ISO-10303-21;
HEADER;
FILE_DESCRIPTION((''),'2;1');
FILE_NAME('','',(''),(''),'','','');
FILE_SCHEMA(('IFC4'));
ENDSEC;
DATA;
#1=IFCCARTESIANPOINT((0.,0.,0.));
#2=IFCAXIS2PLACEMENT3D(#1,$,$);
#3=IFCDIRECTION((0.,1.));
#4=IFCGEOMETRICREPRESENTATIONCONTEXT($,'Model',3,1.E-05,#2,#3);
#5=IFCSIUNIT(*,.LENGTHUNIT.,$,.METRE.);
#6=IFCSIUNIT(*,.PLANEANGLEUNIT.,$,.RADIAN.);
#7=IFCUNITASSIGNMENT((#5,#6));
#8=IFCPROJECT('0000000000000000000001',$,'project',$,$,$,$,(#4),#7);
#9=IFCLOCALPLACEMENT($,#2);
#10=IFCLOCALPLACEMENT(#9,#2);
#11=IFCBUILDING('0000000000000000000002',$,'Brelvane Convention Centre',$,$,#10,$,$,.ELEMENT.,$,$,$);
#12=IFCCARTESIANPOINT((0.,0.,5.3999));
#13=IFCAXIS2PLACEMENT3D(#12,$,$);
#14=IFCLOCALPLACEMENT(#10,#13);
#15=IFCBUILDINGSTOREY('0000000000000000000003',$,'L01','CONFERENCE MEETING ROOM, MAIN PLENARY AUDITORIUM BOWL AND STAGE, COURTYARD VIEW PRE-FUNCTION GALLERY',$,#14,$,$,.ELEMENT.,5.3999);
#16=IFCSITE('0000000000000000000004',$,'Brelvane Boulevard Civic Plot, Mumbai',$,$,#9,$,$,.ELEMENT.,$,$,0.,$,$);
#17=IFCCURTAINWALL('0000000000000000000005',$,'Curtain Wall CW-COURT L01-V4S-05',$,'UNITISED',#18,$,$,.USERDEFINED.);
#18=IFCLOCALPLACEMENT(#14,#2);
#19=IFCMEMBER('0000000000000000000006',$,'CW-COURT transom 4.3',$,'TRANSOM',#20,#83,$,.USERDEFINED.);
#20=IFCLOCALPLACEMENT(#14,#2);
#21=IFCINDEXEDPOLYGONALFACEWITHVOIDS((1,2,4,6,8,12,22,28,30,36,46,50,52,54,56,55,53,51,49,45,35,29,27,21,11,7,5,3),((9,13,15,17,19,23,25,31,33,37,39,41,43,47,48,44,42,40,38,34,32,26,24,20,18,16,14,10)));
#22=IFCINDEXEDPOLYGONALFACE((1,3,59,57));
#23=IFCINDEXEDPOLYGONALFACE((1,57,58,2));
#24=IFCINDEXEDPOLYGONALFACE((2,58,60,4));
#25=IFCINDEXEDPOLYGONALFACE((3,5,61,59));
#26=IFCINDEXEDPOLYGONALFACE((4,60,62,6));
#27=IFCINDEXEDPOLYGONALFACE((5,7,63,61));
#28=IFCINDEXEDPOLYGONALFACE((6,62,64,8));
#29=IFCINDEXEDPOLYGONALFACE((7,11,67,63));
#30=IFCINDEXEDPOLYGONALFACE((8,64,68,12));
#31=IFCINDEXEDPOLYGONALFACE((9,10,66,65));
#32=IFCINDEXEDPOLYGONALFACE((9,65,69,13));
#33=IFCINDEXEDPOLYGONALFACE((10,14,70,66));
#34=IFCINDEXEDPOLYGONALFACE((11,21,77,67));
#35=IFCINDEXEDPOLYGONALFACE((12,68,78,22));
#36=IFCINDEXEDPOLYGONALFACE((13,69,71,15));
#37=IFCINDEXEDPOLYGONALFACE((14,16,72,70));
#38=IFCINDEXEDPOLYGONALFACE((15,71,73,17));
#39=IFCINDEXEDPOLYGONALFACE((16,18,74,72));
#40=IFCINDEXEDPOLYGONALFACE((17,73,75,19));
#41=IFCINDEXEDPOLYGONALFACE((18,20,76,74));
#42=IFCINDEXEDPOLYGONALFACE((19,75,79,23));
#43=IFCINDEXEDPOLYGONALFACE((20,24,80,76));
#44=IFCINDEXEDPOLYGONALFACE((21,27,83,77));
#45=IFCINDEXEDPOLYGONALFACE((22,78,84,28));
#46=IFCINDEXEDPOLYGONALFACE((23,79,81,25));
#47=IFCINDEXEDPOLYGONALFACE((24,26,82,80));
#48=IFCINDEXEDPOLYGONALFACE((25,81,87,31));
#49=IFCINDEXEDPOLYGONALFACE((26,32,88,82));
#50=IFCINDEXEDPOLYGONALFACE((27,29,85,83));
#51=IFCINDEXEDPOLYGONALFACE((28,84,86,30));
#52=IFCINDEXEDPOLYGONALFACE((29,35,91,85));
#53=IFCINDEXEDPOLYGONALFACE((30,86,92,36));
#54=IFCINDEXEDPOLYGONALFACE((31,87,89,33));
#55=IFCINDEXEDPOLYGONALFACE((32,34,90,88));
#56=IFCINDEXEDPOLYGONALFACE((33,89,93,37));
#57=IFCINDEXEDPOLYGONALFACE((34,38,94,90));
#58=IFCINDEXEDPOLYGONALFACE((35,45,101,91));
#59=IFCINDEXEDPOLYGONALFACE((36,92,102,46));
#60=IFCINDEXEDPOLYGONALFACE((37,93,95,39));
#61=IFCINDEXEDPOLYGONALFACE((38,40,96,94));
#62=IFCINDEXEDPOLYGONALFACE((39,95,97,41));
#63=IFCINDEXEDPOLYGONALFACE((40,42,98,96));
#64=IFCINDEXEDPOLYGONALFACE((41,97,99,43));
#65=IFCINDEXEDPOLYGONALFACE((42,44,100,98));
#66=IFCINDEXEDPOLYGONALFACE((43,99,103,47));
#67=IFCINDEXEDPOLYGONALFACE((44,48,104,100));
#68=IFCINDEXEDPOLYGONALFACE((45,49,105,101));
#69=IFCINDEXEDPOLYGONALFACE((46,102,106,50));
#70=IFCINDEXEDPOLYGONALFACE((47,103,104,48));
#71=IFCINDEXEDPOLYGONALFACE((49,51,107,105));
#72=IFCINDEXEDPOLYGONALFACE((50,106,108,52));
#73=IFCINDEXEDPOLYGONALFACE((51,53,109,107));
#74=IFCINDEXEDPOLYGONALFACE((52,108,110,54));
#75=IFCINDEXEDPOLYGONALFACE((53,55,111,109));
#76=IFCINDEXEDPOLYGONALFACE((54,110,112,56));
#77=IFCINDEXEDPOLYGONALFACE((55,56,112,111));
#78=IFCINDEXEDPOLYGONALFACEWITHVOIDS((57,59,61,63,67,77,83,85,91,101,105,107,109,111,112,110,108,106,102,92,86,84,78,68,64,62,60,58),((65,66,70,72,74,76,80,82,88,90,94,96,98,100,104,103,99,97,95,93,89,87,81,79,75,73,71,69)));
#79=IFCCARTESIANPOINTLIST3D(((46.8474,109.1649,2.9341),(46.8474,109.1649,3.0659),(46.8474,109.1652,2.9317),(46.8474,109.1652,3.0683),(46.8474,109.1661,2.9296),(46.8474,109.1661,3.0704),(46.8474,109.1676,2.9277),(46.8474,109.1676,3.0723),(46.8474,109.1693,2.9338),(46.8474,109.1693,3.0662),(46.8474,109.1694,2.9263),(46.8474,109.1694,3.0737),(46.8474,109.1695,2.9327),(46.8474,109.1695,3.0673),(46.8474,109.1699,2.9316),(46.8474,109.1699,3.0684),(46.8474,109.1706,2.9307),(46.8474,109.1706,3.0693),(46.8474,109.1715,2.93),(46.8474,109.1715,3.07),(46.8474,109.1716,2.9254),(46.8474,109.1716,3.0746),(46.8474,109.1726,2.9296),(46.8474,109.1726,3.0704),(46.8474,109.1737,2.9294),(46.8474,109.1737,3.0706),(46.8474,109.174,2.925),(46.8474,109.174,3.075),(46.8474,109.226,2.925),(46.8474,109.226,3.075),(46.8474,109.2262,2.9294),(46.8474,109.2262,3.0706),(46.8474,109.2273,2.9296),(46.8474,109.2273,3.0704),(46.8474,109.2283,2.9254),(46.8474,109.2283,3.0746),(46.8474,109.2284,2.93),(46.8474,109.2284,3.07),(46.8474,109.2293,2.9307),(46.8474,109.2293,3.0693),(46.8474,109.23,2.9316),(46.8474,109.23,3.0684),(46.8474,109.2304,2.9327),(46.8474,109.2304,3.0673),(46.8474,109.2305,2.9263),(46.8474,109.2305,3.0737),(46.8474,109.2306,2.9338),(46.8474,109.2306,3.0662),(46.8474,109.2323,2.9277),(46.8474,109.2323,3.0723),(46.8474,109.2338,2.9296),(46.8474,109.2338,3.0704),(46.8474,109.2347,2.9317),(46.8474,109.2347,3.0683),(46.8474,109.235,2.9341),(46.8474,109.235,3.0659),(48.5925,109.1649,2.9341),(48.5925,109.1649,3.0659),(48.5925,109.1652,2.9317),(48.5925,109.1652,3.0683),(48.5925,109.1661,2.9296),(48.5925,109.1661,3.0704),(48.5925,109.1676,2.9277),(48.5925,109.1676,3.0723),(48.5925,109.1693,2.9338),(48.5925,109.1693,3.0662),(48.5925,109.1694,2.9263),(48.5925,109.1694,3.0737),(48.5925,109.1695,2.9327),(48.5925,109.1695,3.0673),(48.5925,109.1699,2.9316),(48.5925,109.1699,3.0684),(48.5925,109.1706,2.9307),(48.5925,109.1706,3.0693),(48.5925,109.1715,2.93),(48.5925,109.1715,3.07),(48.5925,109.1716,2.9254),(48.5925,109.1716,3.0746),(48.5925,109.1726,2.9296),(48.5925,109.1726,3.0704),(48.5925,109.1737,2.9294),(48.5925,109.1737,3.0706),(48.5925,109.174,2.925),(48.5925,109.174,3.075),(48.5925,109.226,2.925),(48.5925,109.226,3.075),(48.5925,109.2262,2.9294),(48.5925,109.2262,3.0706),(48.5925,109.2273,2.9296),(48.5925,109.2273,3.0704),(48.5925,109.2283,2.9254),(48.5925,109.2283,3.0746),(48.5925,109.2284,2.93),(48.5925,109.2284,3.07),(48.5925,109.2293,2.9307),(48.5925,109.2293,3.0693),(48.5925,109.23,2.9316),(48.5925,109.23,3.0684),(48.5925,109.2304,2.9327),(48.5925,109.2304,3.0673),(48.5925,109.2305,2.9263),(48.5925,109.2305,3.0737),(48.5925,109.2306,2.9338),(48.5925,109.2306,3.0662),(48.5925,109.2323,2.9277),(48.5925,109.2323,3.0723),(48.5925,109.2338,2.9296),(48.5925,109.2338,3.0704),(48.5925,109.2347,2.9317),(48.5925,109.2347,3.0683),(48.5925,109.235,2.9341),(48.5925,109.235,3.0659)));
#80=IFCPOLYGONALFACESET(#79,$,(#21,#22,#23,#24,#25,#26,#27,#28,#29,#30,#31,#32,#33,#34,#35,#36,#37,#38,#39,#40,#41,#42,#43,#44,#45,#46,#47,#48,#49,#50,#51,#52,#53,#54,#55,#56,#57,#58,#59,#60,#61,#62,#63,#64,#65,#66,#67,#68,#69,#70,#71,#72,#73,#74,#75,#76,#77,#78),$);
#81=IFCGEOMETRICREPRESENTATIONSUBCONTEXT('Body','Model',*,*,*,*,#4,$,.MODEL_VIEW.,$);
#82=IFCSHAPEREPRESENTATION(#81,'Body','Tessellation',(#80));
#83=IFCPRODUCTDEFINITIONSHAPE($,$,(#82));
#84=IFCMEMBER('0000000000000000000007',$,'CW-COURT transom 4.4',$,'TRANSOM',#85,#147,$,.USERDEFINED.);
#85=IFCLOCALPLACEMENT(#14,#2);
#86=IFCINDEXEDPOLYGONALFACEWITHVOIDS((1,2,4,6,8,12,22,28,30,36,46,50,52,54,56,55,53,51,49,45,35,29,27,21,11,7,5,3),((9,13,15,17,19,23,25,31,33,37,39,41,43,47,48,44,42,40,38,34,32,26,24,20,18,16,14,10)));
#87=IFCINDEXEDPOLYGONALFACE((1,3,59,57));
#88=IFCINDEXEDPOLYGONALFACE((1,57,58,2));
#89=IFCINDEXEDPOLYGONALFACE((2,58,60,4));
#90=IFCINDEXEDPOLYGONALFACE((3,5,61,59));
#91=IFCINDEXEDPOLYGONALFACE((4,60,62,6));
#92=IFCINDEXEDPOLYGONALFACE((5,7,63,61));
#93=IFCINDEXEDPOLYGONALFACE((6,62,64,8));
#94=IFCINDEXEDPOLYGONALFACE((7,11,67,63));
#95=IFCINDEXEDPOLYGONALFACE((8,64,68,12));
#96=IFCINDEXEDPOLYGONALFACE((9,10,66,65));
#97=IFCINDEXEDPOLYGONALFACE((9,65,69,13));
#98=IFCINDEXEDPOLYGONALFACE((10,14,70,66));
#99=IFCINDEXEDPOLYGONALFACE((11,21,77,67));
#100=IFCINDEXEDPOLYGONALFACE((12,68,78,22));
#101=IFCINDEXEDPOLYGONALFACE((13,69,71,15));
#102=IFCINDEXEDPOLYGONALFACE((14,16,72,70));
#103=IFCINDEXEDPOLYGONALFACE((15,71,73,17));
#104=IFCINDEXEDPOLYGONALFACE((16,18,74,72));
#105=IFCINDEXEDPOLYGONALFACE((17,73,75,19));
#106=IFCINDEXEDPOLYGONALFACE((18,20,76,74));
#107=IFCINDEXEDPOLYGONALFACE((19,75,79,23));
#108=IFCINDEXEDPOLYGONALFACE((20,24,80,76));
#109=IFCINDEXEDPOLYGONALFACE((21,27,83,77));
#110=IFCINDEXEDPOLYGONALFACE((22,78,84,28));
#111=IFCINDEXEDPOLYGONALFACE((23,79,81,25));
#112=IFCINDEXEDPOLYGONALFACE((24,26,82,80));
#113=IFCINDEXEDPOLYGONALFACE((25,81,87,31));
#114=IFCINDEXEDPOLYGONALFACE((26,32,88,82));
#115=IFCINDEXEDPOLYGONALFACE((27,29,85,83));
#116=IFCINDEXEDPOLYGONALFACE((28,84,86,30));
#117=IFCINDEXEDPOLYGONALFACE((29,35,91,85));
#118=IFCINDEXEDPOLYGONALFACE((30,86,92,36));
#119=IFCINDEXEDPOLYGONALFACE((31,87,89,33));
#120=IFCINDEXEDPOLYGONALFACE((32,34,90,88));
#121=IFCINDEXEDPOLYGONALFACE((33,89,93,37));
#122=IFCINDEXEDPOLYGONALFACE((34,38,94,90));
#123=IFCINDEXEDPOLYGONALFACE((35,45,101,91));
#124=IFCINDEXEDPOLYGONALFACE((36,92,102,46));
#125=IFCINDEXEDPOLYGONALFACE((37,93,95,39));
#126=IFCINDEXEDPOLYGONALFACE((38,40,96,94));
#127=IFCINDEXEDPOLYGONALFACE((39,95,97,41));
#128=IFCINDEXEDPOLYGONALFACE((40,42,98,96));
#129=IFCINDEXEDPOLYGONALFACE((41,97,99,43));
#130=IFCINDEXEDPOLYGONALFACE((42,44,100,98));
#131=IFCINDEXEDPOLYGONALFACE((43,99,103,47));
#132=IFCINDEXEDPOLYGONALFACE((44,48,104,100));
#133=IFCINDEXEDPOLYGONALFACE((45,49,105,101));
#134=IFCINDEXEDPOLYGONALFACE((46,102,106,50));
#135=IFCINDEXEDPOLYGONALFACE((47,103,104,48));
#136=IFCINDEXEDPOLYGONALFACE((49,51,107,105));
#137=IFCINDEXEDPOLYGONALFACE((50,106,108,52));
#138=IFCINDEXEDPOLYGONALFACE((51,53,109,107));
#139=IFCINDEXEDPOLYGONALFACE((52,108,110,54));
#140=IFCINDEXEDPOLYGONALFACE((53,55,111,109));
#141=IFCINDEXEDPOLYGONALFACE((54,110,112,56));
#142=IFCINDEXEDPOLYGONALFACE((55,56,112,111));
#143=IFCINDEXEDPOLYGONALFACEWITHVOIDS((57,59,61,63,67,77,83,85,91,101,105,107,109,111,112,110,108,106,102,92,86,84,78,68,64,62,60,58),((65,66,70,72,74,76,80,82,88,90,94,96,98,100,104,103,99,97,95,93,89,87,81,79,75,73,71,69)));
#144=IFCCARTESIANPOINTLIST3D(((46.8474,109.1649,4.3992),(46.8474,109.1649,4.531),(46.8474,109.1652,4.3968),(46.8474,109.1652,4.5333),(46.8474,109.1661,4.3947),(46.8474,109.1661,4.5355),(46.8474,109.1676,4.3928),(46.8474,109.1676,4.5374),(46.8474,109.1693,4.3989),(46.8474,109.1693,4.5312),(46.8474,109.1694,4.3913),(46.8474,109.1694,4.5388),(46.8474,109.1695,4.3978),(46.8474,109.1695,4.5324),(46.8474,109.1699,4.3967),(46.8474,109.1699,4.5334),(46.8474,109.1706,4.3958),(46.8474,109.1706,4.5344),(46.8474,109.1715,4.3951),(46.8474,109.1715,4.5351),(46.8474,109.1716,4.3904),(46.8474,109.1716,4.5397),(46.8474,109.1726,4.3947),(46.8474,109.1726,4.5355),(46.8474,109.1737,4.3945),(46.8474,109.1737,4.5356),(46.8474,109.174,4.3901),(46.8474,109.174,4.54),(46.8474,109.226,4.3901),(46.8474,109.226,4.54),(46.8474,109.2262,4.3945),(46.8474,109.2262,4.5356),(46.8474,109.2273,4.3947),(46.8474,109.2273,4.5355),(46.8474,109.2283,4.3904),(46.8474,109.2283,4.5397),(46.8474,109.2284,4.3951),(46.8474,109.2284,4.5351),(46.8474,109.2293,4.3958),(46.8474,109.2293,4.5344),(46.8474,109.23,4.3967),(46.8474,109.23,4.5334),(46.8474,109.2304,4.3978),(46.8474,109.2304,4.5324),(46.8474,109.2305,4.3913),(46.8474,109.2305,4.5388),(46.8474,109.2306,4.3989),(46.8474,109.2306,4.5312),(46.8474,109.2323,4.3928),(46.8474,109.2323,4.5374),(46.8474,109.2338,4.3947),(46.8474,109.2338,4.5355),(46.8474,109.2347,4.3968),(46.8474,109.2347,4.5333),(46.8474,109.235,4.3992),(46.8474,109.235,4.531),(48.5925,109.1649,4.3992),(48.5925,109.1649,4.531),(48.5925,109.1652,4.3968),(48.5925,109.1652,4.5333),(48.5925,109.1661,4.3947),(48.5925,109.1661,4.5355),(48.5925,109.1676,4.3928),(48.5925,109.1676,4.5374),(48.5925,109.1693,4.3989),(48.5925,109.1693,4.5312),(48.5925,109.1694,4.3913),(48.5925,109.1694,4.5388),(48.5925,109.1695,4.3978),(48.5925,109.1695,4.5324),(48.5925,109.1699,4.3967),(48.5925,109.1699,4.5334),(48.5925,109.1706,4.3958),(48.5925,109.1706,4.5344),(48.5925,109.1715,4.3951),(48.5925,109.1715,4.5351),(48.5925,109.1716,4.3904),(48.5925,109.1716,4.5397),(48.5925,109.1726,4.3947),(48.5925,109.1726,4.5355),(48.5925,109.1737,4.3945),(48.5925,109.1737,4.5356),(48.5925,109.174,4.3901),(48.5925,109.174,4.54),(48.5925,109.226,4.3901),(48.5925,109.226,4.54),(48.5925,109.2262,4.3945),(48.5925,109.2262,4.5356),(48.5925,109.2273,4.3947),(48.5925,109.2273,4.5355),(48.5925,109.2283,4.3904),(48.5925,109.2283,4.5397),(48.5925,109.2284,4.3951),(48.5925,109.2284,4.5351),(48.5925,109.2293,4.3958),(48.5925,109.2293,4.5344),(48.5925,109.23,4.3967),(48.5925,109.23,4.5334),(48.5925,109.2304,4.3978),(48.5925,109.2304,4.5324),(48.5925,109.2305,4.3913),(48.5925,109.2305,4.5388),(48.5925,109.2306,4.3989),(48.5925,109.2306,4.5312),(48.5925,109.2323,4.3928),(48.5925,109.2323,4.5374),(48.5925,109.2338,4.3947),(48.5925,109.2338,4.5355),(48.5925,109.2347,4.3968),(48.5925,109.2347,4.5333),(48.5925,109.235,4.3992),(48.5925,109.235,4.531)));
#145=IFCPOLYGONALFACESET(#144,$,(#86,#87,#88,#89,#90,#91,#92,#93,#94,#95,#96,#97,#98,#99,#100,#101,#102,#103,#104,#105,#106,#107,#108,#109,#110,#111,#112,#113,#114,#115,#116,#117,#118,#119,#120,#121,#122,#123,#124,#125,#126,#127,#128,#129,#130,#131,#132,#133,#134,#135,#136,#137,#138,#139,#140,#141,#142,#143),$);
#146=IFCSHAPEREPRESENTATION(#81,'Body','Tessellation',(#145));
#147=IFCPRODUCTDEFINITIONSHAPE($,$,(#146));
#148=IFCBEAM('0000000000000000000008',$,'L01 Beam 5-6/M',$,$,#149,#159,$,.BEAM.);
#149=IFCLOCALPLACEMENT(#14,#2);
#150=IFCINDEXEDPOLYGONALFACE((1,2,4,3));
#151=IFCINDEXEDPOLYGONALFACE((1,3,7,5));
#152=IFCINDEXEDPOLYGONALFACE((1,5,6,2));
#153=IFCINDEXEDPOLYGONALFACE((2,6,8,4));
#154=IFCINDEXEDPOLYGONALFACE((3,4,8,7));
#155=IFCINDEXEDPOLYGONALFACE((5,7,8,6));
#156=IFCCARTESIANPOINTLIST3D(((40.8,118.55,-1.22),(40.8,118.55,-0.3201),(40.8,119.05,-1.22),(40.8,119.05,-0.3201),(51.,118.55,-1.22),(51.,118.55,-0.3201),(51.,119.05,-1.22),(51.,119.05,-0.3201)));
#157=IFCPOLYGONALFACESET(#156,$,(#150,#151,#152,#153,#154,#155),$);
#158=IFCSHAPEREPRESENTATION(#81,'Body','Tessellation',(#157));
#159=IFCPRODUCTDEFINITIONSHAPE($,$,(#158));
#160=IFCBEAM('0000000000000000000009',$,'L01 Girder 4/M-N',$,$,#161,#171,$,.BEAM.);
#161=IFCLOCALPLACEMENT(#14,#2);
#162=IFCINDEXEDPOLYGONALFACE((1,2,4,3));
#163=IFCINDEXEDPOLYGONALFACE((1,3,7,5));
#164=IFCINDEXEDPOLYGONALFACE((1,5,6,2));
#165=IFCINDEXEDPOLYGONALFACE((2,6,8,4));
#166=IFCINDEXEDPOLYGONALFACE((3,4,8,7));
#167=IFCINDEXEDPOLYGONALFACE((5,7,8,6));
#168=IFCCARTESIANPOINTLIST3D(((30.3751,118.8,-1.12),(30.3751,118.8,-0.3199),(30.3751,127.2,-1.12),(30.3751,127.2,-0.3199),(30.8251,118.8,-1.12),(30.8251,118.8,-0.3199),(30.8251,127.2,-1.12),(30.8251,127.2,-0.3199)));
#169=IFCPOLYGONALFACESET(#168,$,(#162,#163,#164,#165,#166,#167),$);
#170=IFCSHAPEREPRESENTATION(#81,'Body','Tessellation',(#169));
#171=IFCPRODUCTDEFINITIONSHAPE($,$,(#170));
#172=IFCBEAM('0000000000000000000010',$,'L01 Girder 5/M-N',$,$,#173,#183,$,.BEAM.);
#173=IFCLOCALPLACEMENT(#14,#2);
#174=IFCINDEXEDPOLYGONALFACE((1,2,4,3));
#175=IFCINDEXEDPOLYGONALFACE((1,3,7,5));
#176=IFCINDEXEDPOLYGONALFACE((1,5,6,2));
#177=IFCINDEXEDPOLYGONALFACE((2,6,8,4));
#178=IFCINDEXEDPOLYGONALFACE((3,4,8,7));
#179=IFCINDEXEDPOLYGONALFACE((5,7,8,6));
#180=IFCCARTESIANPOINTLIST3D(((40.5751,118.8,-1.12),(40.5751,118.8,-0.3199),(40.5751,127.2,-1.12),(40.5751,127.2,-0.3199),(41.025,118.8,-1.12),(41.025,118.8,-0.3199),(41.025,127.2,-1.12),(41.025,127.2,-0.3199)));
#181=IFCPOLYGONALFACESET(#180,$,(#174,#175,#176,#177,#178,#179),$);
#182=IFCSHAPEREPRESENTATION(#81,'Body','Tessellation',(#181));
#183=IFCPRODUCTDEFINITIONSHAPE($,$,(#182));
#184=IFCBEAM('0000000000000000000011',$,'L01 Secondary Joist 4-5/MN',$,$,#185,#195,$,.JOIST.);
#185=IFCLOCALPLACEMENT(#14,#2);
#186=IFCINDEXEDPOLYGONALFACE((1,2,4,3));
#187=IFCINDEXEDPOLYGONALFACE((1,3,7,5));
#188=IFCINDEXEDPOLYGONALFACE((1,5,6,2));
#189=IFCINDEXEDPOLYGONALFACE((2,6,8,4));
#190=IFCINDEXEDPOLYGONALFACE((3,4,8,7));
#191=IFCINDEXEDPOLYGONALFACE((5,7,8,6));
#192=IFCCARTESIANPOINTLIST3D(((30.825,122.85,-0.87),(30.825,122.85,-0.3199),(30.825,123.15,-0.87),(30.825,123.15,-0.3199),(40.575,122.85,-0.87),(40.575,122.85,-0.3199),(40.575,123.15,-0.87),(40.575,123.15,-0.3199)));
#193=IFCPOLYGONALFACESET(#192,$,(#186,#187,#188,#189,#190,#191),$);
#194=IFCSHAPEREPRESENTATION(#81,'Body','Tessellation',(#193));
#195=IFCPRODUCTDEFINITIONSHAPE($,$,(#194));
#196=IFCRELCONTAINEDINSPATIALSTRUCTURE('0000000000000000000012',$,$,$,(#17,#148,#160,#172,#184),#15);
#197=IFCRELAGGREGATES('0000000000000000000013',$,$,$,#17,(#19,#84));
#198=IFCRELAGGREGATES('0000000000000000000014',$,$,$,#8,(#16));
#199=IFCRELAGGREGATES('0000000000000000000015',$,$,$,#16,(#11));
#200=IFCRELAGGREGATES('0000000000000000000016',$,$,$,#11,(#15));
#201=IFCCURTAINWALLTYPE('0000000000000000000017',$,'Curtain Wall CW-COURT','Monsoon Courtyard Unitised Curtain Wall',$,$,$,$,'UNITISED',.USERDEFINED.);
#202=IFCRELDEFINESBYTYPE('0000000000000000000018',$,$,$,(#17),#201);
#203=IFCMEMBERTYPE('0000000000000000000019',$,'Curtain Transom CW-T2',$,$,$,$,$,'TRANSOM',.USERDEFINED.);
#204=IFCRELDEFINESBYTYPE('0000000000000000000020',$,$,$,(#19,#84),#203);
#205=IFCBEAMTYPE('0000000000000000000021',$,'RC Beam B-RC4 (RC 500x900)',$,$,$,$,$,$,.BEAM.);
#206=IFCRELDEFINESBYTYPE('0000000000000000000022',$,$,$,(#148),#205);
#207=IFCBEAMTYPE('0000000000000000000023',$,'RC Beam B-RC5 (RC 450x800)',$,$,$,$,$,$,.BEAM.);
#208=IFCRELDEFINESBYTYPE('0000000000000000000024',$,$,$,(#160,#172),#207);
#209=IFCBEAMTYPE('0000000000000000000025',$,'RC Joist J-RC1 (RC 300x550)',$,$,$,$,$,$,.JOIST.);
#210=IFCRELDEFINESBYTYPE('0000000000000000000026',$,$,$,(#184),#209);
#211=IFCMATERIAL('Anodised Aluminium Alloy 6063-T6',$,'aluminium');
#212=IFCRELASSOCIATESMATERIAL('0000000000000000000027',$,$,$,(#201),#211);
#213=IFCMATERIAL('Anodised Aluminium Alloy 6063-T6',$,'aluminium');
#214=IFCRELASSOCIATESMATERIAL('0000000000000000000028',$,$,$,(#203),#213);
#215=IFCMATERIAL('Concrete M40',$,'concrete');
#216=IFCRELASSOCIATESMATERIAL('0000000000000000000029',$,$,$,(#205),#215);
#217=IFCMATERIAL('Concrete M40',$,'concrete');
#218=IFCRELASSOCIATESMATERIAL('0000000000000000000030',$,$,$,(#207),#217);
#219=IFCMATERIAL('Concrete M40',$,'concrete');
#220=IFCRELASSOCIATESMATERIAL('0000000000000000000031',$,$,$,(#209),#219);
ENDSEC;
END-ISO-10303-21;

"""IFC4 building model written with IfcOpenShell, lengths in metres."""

from ifc_helpers import new_model, si_unit, direction, frame, origin, origin_2d, place, context, subcontext, project, spatial, rectangle, hollow_rectangle, extrude, material, material_profile, profile_set, type_object, element, aggregate, save


model = new_model("IFC4")

# Units and contexts
model_context = context("Model", 3, precision=1e-05, world=origin(), true_north=direction((0.0, 1.0)))
body_context = subcontext(model_context, "Body", "Model", "MODEL_VIEW")
ifc_project = project(units=[si_unit("LENGTHUNIT", "METRE"), si_unit("PLANEANGLEUNIT", "RADIAN")], contexts=[model_context])

# Site, building, storey
site_placement = place(None, origin())
site = spatial("IfcSite", under=ifc_project, at=site_placement, Name="Brelvane Boulevard Civic Plot, Mumbai", CompositionType="ELEMENT", RefElevation=0.0)
building_placement = place(site_placement, origin())
building = spatial("IfcBuilding", under=site, at=building_placement, Name="Brelvane Convention Centre", CompositionType="ELEMENT")
storey_placement = place(building_placement, frame((0.0, 0.0, 5.3999)))
storey = spatial("IfcBuildingStorey", under=building, at=storey_placement, Name="L01", Description="CONFERENCE MEETING ROOM, MAIN PLENARY AUDITORIUM BOWL AND STAGE, COURTYARD VIEW PRE-FUNCTION GALLERY", CompositionType="ELEMENT", Elevation=5.3999)

# Curtain wall, members
ifc_material_1 = material(Name="Anodised Aluminium Alloy 6063-T6", Category="aluminium")
curtain_wall_type = type_object("IfcCurtainWallType", Name="Curtain Wall CW-COURT", Description="Monsoon Courtyard Unitised Curtain Wall", ElementType="UNITISED", PredefinedType="USERDEFINED", material=ifc_material_1)
curtain_wall_placement = place(storey_placement, origin())
curtain_wall = element("IfcCurtainWall", 1, at=curtain_wall_placement, inside=storey, type_object=curtain_wall_type, Name="Curtain Wall CW-COURT L01-V4S-05", ObjectType="UNITISED", PredefinedType="USERDEFINED")
ifc_material_2 = material(Name="Anodised Aluminium Alloy 6063-T6", Category="aluminium")
ifc_material_profile_1 = material_profile(ifc_material_2, hollow_rectangle(XDim=0.0701, YDim=0.1499, WallThickness=0.0044, InnerFilletRadius=0.0044, OuterFilletRadius=0.009, at=origin_2d()), Name="ALU-T 150x70x4.5")
ifc_profile_set_1 = profile_set([ifc_material_profile_1], Name="Anodised Aluminium Alloy 6063-T6")
member_type_1 = type_object("IfcMemberType", Name="Curtain Transom CW-T2", ElementType="TRANSOM", PredefinedType="USERDEFINED", material=ifc_profile_set_1)
member_1_placement = place(storey_placement, frame((46.8474, 109.2, 3.0), z_axis=(1.0, 0.0, 0.0), x_axis=(0.0, 1.0, 0.0)))
member_1 = element("IfcMember", 2, at=member_1_placement, type_object=member_type_1, Name="CW-COURT transom 4.3", ObjectType="TRANSOM", PredefinedType="USERDEFINED", context=body_context, shape_type="SweptSolid", body=[
    extrude(hollow_rectangle(XDim=0.0701, YDim=0.1499, WallThickness=0.0044, InnerFilletRadius=0.0044, OuterFilletRadius=0.009, at=origin_2d()), origin(), (0.0, 0.0, 1.0), 1.7451),
])
member_2_placement = place(storey_placement, frame((46.8474, 109.2, 4.4651), z_axis=(1.0, 0.0, 0.0), x_axis=(0.0, 1.0, 0.0)))
member_2 = element("IfcMember", 3, at=member_2_placement, type_object=member_type_1, Name="CW-COURT transom 4.4", ObjectType="TRANSOM", PredefinedType="USERDEFINED", context=body_context, shape_type="SweptSolid", body=[
    extrude(hollow_rectangle(XDim=0.0701, YDim=0.1499, WallThickness=0.0044, InnerFilletRadius=0.0044, OuterFilletRadius=0.009, at=origin_2d()), origin(), (0.0, 0.0, 1.0), 1.7451),
])

# Beams
ifc_material_3 = material(Name="Concrete M40", Category="concrete")
ifc_material_profile_2 = material_profile(ifc_material_3, rectangle(XDim=0.5, YDim=0.8999, at=origin_2d()), Name="RC 500x900")
ifc_profile_set_2 = profile_set([ifc_material_profile_2], Name="Concrete M40")
beam_type_1 = type_object("IfcBeamType", Name="RC Beam B-RC4 (RC 500x900)", PredefinedType="BEAM", material=ifc_profile_set_2)
beam_placement = place(storey_placement, frame((40.8, 118.8, -0.77), z_axis=(1.0, 0.0, 0.0), x_axis=(0.0, 1.0, 0.0)))
element("IfcBeam", 4, at=beam_placement, inside=storey, type_object=beam_type_1, Name="L01 Beam 5-6/M", PredefinedType="BEAM", context=body_context, shape_type="SweptSolid", body=[
    extrude(rectangle(XDim=0.5, YDim=0.8999, at=origin_2d()), origin(), (0.0, 0.0, 1.0), 10.2),
])
ifc_material_4 = material(Name="Concrete M40", Category="concrete")
ifc_material_profile_3 = material_profile(ifc_material_4, rectangle(XDim=0.45, YDim=0.8, at=origin_2d()), Name="RC 450x800")
ifc_profile_set_3 = profile_set([ifc_material_profile_3], Name="Concrete M40")
beam_type_2 = type_object("IfcBeamType", Name="RC Beam B-RC5 (RC 450x800)", PredefinedType="BEAM", material=ifc_profile_set_3)
for number, where, z_axis, x_axis, name in (
    (5, (30.6001, 118.8, -0.72), (0.0, 1.0, 0.0), (-1.0, 0.0, 0.0), "L01 Girder 4/M-N"),
    (6, (40.8, 118.8, -0.72), (0.0, 1.0, 0.0), (-1.0, 0.0, 0.0), "L01 Girder 5/M-N"),
):
    element("IfcBeam", number, at=place(storey_placement, frame(where, z_axis=z_axis, x_axis=x_axis)), inside=storey, type_object=beam_type_2, Name=name, PredefinedType="BEAM", context=body_context, shape_type="SweptSolid", body=[
        extrude(rectangle(XDim=0.45, YDim=0.8, at=origin_2d()), origin(), (0.0, 0.0, 1.0), 8.3999),
    ])
ifc_material_5 = material(Name="Concrete M40", Category="concrete")
ifc_material_profile_4 = material_profile(ifc_material_5, rectangle(XDim=0.3, YDim=0.55, at=origin_2d()), Name="RC 300x550")
ifc_profile_set_4 = profile_set([ifc_material_profile_4], Name="Concrete M40")
beam_type_3 = type_object("IfcBeamType", Name="RC Joist J-RC1 (RC 300x550)", PredefinedType="JOIST", material=ifc_profile_set_4)
for number, where, z_axis, x_axis, name in (
    (7, (30.825, 123.0, -0.595), (1.0, 0.0, 0.0), (0.0, 1.0, 0.0), "L01 Secondary Joist 4-5/MN"),
):
    element("IfcBeam", number, at=place(storey_placement, frame(where, z_axis=z_axis, x_axis=x_axis)), inside=storey, type_object=beam_type_3, Name=name, PredefinedType="JOIST", context=body_context, shape_type="SweptSolid", body=[
        extrude(rectangle(XDim=0.3, YDim=0.55, at=origin_2d()), origin(), (0.0, 0.0, 1.0), 9.75),
    ])

aggregate(curtain_wall, [member_1, member_2])

save(model, "model.ifc")
